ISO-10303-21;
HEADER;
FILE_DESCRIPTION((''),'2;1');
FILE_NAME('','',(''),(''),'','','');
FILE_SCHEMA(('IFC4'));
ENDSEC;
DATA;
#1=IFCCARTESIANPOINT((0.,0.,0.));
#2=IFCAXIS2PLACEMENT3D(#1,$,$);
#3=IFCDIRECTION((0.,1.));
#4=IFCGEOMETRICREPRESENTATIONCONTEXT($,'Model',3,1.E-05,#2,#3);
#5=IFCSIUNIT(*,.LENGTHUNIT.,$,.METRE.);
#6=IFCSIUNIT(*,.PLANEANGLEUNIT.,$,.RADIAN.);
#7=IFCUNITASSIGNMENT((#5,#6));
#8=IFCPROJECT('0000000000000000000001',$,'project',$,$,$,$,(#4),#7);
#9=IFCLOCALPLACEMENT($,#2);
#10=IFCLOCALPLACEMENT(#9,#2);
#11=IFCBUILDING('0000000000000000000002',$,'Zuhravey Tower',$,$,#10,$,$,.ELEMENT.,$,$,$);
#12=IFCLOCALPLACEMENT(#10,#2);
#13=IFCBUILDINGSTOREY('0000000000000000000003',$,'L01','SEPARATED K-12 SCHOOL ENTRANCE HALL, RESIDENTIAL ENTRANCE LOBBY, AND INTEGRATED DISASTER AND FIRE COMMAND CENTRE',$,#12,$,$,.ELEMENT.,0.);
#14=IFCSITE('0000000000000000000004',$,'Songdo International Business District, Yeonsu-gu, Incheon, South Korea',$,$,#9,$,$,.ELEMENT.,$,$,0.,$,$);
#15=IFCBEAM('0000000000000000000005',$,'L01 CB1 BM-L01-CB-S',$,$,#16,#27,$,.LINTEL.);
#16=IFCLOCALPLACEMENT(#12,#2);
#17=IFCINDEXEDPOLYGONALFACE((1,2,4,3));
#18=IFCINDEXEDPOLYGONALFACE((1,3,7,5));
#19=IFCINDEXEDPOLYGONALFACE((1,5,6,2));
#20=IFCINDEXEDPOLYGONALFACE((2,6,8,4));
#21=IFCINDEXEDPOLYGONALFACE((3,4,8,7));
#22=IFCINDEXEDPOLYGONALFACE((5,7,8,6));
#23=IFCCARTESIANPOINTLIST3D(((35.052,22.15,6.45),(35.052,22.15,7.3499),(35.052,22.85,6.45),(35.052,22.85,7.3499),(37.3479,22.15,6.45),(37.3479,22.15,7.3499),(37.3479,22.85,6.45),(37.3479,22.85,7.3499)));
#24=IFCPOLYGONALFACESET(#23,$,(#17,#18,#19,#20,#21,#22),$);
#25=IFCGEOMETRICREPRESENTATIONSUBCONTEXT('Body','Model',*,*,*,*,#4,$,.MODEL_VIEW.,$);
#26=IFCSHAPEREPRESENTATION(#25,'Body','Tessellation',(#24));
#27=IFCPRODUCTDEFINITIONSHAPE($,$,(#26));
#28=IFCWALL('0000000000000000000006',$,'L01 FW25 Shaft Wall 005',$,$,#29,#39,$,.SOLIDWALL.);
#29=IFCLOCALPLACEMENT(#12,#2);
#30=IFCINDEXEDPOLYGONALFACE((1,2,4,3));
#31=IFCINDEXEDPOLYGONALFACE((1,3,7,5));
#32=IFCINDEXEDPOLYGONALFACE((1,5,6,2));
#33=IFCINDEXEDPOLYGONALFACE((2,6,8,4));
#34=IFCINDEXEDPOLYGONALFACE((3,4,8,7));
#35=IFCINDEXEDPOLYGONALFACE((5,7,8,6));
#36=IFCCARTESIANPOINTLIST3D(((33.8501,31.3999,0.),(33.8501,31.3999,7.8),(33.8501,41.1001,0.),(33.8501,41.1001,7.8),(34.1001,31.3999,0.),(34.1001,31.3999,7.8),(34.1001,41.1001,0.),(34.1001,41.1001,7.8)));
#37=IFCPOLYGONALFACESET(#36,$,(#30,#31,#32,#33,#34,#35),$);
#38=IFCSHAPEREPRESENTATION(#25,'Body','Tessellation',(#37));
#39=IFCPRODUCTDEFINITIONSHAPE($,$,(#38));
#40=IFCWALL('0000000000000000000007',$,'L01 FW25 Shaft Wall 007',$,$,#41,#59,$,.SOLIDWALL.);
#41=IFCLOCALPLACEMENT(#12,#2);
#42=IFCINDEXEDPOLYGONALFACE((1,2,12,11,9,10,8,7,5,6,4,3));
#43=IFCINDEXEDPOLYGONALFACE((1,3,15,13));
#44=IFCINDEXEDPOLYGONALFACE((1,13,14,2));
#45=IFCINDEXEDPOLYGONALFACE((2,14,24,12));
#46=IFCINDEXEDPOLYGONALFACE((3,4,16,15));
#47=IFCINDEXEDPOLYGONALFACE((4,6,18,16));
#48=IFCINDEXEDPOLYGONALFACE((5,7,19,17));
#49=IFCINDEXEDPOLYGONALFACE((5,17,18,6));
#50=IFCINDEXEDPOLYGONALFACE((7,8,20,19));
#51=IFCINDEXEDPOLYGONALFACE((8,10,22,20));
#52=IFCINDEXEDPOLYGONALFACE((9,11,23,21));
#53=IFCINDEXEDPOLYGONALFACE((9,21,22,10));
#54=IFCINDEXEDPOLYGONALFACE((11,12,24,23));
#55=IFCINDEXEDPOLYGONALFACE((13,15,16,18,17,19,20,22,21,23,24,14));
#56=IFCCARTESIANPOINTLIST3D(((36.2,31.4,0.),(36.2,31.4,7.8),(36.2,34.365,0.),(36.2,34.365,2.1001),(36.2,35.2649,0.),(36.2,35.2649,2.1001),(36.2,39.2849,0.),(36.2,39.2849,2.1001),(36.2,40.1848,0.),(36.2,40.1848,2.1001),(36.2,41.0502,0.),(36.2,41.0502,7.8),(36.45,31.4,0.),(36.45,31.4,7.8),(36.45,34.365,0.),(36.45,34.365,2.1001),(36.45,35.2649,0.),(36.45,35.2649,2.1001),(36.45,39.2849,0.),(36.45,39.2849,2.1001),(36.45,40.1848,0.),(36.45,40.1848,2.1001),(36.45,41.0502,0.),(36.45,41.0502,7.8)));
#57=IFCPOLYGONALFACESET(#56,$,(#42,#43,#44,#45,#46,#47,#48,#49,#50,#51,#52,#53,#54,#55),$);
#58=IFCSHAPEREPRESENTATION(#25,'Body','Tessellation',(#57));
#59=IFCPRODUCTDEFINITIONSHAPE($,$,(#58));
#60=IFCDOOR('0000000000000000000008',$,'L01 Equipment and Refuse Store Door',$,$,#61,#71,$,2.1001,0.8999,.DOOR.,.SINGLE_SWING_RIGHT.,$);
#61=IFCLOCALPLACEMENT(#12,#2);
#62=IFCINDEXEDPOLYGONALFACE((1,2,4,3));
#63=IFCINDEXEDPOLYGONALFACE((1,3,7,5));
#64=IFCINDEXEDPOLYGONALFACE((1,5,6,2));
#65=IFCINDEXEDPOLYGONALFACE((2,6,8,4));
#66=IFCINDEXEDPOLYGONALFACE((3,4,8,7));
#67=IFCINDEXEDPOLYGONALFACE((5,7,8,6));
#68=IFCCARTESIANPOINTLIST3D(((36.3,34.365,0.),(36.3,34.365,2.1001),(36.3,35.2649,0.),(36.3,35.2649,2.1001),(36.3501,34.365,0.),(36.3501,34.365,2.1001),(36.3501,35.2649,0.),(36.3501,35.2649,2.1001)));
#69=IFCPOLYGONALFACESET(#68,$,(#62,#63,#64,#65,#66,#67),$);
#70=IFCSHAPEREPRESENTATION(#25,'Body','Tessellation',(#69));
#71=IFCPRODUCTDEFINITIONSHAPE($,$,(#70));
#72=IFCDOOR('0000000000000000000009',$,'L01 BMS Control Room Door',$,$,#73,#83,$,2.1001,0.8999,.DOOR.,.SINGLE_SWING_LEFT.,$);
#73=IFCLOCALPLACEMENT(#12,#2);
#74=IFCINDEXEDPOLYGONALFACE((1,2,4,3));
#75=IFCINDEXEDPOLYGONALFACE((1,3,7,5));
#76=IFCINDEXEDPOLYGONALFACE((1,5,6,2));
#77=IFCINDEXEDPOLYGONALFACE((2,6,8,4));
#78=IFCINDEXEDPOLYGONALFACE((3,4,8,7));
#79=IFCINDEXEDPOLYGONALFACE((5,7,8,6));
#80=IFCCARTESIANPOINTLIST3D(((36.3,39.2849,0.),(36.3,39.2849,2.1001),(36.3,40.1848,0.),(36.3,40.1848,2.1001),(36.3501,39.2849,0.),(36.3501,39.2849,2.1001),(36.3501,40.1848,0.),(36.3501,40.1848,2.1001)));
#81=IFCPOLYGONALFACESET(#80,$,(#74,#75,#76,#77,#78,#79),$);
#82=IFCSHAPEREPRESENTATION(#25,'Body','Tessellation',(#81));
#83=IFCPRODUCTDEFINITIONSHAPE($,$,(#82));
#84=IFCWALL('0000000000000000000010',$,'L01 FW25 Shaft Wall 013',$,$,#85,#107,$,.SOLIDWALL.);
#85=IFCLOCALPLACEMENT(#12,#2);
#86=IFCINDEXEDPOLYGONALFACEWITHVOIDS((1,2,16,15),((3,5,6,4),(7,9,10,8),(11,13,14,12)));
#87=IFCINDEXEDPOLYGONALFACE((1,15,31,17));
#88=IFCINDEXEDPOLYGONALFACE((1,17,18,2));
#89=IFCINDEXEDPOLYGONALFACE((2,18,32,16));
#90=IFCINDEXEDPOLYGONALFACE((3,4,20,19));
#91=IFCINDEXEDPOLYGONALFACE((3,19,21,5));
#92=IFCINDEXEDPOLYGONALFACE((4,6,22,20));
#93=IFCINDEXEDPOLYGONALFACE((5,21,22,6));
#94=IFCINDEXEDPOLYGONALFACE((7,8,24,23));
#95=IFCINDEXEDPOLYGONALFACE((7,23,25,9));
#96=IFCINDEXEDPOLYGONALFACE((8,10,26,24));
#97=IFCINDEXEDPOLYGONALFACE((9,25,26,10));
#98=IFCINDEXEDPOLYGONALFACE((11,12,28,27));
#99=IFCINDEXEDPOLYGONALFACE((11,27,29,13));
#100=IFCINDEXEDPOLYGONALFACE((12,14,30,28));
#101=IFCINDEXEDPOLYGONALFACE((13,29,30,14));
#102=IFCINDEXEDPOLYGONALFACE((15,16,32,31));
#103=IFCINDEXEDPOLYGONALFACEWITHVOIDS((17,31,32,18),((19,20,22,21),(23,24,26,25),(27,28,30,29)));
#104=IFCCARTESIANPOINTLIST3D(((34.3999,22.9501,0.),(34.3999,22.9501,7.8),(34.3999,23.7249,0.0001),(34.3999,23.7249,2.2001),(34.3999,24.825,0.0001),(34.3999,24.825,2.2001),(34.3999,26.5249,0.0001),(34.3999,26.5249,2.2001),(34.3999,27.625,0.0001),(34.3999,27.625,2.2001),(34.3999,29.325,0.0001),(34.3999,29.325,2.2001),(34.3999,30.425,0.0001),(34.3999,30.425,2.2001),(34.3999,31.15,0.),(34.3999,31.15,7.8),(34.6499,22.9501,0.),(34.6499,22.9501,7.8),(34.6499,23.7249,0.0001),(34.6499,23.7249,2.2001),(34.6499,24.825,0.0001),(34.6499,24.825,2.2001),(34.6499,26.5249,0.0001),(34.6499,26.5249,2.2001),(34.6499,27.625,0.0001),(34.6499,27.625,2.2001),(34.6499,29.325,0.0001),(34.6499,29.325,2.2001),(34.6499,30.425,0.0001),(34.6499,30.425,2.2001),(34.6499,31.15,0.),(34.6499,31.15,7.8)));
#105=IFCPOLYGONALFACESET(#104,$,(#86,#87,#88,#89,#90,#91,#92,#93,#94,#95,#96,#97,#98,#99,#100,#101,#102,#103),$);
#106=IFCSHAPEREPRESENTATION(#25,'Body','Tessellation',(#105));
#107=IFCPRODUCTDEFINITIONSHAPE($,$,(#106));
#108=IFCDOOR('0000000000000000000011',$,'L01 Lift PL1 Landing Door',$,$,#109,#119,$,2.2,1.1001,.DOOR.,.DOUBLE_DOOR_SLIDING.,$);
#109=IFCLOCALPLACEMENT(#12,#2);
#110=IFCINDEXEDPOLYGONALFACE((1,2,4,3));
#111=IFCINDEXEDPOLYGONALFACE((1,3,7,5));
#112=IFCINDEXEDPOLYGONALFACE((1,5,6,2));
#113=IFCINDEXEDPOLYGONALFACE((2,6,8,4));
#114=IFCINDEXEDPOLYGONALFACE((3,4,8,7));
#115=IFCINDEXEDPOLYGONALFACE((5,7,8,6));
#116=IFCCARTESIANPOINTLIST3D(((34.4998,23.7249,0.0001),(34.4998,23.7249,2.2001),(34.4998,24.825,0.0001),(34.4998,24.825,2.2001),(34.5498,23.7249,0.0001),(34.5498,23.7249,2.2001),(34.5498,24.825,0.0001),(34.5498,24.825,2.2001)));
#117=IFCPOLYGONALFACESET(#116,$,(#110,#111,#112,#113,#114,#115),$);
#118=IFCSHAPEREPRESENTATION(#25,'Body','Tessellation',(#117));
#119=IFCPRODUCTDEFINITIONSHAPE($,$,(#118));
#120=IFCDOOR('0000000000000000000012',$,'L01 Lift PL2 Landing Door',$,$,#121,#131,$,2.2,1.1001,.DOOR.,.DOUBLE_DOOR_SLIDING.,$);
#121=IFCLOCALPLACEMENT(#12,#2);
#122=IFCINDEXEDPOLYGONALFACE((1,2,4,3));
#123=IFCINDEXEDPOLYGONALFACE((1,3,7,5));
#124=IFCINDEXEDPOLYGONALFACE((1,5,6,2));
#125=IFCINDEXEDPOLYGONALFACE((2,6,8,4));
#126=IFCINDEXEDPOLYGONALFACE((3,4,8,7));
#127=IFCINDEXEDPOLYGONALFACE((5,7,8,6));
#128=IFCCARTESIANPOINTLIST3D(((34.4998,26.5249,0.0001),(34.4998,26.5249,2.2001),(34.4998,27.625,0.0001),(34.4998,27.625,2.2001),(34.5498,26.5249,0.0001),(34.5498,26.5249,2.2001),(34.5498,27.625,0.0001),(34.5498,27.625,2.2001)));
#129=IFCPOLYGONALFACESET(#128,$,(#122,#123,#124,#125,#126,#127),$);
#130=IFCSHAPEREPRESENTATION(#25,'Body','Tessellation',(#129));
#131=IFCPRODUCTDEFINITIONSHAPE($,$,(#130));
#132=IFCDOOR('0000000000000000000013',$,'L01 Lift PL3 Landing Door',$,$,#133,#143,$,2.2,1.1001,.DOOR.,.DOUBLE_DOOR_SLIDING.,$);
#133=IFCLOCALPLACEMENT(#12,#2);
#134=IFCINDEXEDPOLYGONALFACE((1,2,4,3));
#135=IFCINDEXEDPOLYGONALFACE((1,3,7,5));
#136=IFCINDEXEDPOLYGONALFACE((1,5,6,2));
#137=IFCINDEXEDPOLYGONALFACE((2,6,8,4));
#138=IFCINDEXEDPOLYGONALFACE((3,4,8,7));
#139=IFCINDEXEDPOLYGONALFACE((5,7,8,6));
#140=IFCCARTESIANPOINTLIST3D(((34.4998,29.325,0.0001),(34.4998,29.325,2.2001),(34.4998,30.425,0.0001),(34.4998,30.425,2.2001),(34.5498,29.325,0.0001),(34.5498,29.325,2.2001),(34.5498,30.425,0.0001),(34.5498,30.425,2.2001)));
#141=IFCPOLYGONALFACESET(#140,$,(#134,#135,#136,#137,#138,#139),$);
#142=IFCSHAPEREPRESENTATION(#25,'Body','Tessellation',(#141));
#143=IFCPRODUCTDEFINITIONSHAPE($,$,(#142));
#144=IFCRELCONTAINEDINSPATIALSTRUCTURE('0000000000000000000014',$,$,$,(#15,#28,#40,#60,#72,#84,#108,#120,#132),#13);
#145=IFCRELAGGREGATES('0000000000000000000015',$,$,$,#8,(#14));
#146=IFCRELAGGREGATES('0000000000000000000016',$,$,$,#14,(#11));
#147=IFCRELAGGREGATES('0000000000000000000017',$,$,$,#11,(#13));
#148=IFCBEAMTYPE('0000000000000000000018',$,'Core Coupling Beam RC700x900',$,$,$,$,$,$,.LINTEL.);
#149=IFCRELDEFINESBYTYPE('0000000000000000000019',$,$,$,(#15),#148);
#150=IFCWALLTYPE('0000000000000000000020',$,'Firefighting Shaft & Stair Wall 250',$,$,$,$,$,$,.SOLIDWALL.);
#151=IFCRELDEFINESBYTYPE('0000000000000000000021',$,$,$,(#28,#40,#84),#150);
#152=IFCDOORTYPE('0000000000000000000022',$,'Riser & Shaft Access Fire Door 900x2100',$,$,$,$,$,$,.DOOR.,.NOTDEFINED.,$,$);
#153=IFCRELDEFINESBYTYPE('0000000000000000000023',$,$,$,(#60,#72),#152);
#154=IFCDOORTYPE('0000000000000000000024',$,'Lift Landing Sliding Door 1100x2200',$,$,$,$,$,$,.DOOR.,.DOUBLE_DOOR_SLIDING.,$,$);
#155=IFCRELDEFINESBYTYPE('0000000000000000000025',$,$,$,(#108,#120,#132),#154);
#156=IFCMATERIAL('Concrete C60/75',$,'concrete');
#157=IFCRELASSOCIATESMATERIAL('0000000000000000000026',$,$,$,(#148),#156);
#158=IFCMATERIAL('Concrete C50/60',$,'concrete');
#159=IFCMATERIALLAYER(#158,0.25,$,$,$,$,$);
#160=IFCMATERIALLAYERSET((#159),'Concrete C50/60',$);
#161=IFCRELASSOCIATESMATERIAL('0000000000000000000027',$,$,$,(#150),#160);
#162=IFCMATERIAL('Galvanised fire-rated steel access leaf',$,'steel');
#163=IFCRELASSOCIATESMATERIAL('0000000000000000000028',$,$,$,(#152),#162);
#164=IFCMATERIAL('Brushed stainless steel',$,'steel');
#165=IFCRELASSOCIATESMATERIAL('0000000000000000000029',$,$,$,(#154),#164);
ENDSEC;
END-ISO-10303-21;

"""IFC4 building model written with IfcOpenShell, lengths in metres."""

from ifc_helpers import new_model, si_unit, direction, frame, frame_2d, origin, origin_2d, place, context, subcontext, project, spatial, rectangle, extrude, material, layer, layer_set, material_profile, profile_set, type_object, element, fill, save


model = new_model("IFC4")

# Units and contexts
model_context = context("Model", 3, precision=1e-05, world=origin(), true_north=direction((0.0, 1.0)))
body_context = subcontext(model_context, "Body", "Model", "MODEL_VIEW")
ifc_project = project(units=[si_unit("LENGTHUNIT", "METRE"), si_unit("PLANEANGLEUNIT", "RADIAN")], contexts=[model_context])

# Site, building, storey
site_placement = place(None, origin())
site = spatial("IfcSite", under=ifc_project, at=site_placement, Name="Songdo International Business District, Yeonsu-gu, Incheon, South Korea", CompositionType="ELEMENT", RefElevation=0.0)
building_placement = place(site_placement, origin())
building = spatial("IfcBuilding", under=site, at=building_placement, Name="Zuhravey Tower", CompositionType="ELEMENT")
storey_placement = place(building_placement, origin())
storey = spatial("IfcBuildingStorey", under=building, at=storey_placement, Name="L01", Description="SEPARATED K-12 SCHOOL ENTRANCE HALL, RESIDENTIAL ENTRANCE LOBBY, AND INTEGRATED DISASTER AND FIRE COMMAND CENTRE", CompositionType="ELEMENT", Elevation=0.0)

# Beam
ifc_material_1 = material(Name="Concrete C60/75", Category="concrete")
ifc_material_profile = material_profile(ifc_material_1, rectangle(XDim=0.7, YDim=0.8999, at=origin_2d()), Name="RC-700x900")
ifc_profile_set = profile_set([ifc_material_profile], Name="Concrete C60/75")
beam_type = type_object("IfcBeamType", Name="Core Coupling Beam RC700x900", PredefinedType="LINTEL", material=ifc_profile_set)
beam_placement = place(storey_placement, frame((35.052, 22.5, 6.8999), z_axis=(1.0, 0.0, 0.0), x_axis=(0.0, 1.0, 0.0)))
element("IfcBeam", 1, at=beam_placement, inside=storey, type_object=beam_type, Name="L01 CB1 BM-L01-CB-S", PredefinedType="LINTEL", context=body_context, shape_type="SweptSolid", body=[
    extrude(rectangle(XDim=0.7, YDim=0.8999, at=origin_2d()), origin(), (0.0, 0.0, 1.0), 2.2959),
])

# Shared definitions
ifc_material_2 = material(Name="Concrete C50/60", Category="concrete")
ifc_layer_1 = layer(ifc_material_2, 0.25)
ifc_layer_set_1 = layer_set([ifc_layer_1], Name="Concrete C50/60")
wall_type_1 = type_object("IfcWallType", Name="Firefighting Shaft & Stair Wall 250", PredefinedType="SOLIDWALL", material=ifc_layer_set_1)

# Wall
wall_1_placement = place(storey_placement, frame((33.9751, 31.3999, 0.0), z_axis=(0.0, 0.0, 1.0), x_axis=(0.0, 1.0, 0.0)))
element("IfcWall", 2, at=wall_1_placement, inside=storey, type_object=wall_type_1, Name="L01 FW25 Shaft Wall 005", PredefinedType="SOLIDWALL", context=body_context, shape_type="SweptSolid", body=[
    extrude(rectangle(XDim=9.7002, YDim=0.25, at=frame_2d((4.8501, 0.0))), origin(), (0.0, 0.0, 1.0), 7.8),
])

# Walls, openings, doors
wall_2_placement = place(storey_placement, frame((36.325, 31.3999, 0.0), z_axis=(0.0, 0.0, 1.0), x_axis=(0.0, 1.0, 0.0)))
wall_2 = element("IfcWall", 3, at=wall_2_placement, inside=storey, type_object=wall_type_1, Name="L01 FW25 Shaft Wall 007", PredefinedType="SOLIDWALL", context=body_context, shape_type="SweptSolid", body=[
    extrude(rectangle(XDim=9.6501, YDim=0.25, at=frame_2d((4.8252, 0.0))), origin(), (0.0, 0.0, 1.0), 7.8),
])
opening_1_placement = place(wall_2_placement, frame((2.9651, 0.0, 0.0)))
opening_1 = element("IfcOpeningElement", 4, at=opening_1_placement, cuts=wall_2, PredefinedType="OPENING", context=body_context, shape_type="SweptSolid", body=[
    extrude(rectangle(XDim=0.8999, YDim=2.1001, at=frame_2d((0.45, 1.05))), frame((0.0, 0.137, 0.0), z_axis=(0.0, -1.0, 0.0), x_axis=(1.0, 0.0, 0.0)), (0.0, 0.0, 1.0), 0.2739),
])
opening_2_placement = place(wall_2_placement, frame((7.885, 0.0, 0.0)))
opening_2 = element("IfcOpeningElement", 5, at=opening_2_placement, cuts=wall_2, PredefinedType="OPENING", context=body_context, shape_type="SweptSolid", body=[
    extrude(rectangle(XDim=0.8999, YDim=2.1001, at=frame_2d((0.45, 1.05))), frame((0.0, 0.137, 0.0), z_axis=(0.0, -1.0, 0.0), x_axis=(1.0, 0.0, 0.0)), (0.0, 0.0, 1.0), 0.2739),
])
ifc_material_3 = material(Name="Galvanised fire-rated steel access leaf", Category="steel")
door_type_1 = type_object("IfcDoorType", Name="Riser & Shaft Access Fire Door 900x2100", OperationType="NOTDEFINED", PredefinedType="DOOR", material=ifc_material_3)
door_1_placement = place(opening_1_placement, origin())
door_1 = element("IfcDoor", 6, at=door_1_placement, inside=storey, type_object=door_type_1, Name="L01 Equipment and Refuse Store Door", OperationType="SINGLE_SWING_RIGHT", OverallHeight=2.1001, OverallWidth=0.8999, PredefinedType="DOOR", context=body_context, shape_type="SweptSolid", body=[
    extrude(rectangle(XDim=0.8999, YDim=2.1001, at=frame_2d((0.45, 1.05))), frame((0.0, 0.0249, 0.0), z_axis=(0.0, -1.0, 0.0), x_axis=(1.0, 0.0, 0.0)), (0.0, 0.0, 1.0), 0.05),
])
fill(opening_1, door_1)
door_2_placement = place(opening_2_placement, origin())
door_2 = element("IfcDoor", 7, at=door_2_placement, inside=storey, type_object=door_type_1, Name="L01 BMS Control Room Door", OperationType="SINGLE_SWING_LEFT", OverallHeight=2.1001, OverallWidth=0.8999, PredefinedType="DOOR", context=body_context, shape_type="SweptSolid", body=[
    extrude(rectangle(XDim=0.8999, YDim=2.1001, at=frame_2d((0.45, 1.05))), frame((0.0, 0.0249, 0.0), z_axis=(0.0, -1.0, 0.0), x_axis=(1.0, 0.0, 0.0)), (0.0, 0.0, 1.0), 0.05),
])
fill(opening_2, door_2)
wall_3_placement = place(storey_placement, frame((34.5249, 22.95, 0.0), z_axis=(0.0, 0.0, 1.0), x_axis=(0.0, 1.0, 0.0)))
wall_3 = element("IfcWall", 8, at=wall_3_placement, inside=storey, type_object=wall_type_1, Name="L01 FW25 Shaft Wall 013", PredefinedType="SOLIDWALL", context=body_context, shape_type="SweptSolid", body=[
    extrude(rectangle(XDim=8.2, YDim=0.25, at=frame_2d((4.1001, 0.0))), origin(), (0.0, 0.0, 1.0), 7.8),
])
opening_3_placement = place(wall_3_placement, frame((0.7749, 0.0, 0.0)))
opening_3 = element("IfcOpeningElement", 9, at=opening_3_placement, cuts=wall_3, PredefinedType="OPENING", context=body_context, shape_type="SweptSolid", body=[
    extrude(rectangle(XDim=1.1001, YDim=2.2, at=frame_2d((0.55, 1.1001))), frame((0.0, 0.137, 0.0), z_axis=(0.0, -1.0, 0.0), x_axis=(1.0, 0.0, 0.0)), (0.0, 0.0, 1.0), 0.2739),
])
opening_4_placement = place(wall_3_placement, frame((3.575, 0.0, 0.0)))
opening_4 = element("IfcOpeningElement", 10, at=opening_4_placement, cuts=wall_3, PredefinedType="OPENING", context=body_context, shape_type="SweptSolid", body=[
    extrude(rectangle(XDim=1.1001, YDim=2.2, at=frame_2d((0.55, 1.1001))), frame((0.0, 0.137, 0.0), z_axis=(0.0, -1.0, 0.0), x_axis=(1.0, 0.0, 0.0)), (0.0, 0.0, 1.0), 0.2739),
])
opening_5_placement = place(wall_3_placement, frame((6.375, 0.0, 0.0)))
opening_5 = element("IfcOpeningElement", 11, at=opening_5_placement, cuts=wall_3, PredefinedType="OPENING", context=body_context, shape_type="SweptSolid", body=[
    extrude(rectangle(XDim=1.1001, YDim=2.2, at=frame_2d((0.55, 1.1001))), frame((0.0, 0.137, 0.0), z_axis=(0.0, -1.0, 0.0), x_axis=(1.0, 0.0, 0.0)), (0.0, 0.0, 1.0), 0.2739),
])
ifc_material_4 = material(Name="Brushed stainless steel", Category="steel")
door_type_2 = type_object("IfcDoorType", Name="Lift Landing Sliding Door 1100x2200", OperationType="DOUBLE_DOOR_SLIDING", PredefinedType="DOOR", material=ifc_material_4)
door_3_placement = place(opening_3_placement, frame((1.1001, 0.0, 0.0), z_axis=(0.0, 0.0, 1.0), x_axis=(-1.0, 0.0, 0.0)))
door_3 = element("IfcDoor", 12, at=door_3_placement, inside=storey, type_object=door_type_2, Name="L01 Lift PL1 Landing Door", OperationType="DOUBLE_DOOR_SLIDING", OverallHeight=2.2, OverallWidth=1.1001, PredefinedType="DOOR", context=body_context, shape_type="SweptSolid", body=[
    extrude(rectangle(XDim=1.1001, YDim=2.2, at=frame_2d((0.55, 1.1001))), frame((0.0, 0.0249, 0.0), z_axis=(0.0, -1.0, 0.0), x_axis=(1.0, 0.0, 0.0)), (0.0, 0.0, 1.0), 0.05),
])
fill(opening_3, door_3)
door_4_placement = place(opening_4_placement, frame((1.1001, 0.0, 0.0), z_axis=(0.0, 0.0, 1.0), x_axis=(-1.0, 0.0, 0.0)))
door_4 = element("IfcDoor", 13, at=door_4_placement, inside=storey, type_object=door_type_2, Name="L01 Lift PL2 Landing Door", OperationType="DOUBLE_DOOR_SLIDING", OverallHeight=2.2, OverallWidth=1.1001, PredefinedType="DOOR", context=body_context, shape_type="SweptSolid", body=[
    extrude(rectangle(XDim=1.1001, YDim=2.2, at=frame_2d((0.55, 1.1001))), frame((0.0, 0.0249, 0.0), z_axis=(0.0, -1.0, 0.0), x_axis=(1.0, 0.0, 0.0)), (0.0, 0.0, 1.0), 0.05),
])
fill(opening_4, door_4)
door_5_placement = place(opening_5_placement, frame((1.1001, 0.0, 0.0), z_axis=(0.0, 0.0, 1.0), x_axis=(-1.0, 0.0, 0.0)))
door_5 = element("IfcDoor", 14, at=door_5_placement, inside=storey, type_object=door_type_2, Name="L01 Lift PL3 Landing Door", OperationType="DOUBLE_DOOR_SLIDING", OverallHeight=2.2, OverallWidth=1.1001, PredefinedType="DOOR", context=body_context, shape_type="SweptSolid", body=[
    extrude(rectangle(XDim=1.1001, YDim=2.2, at=frame_2d((0.55, 1.1001))), frame((0.0, 0.0249, 0.0), z_axis=(0.0, -1.0, 0.0), x_axis=(1.0, 0.0, 0.0)), (0.0, 0.0, 1.0), 0.05),
])
fill(opening_5, door_5)

save(model, "model.ifc")
